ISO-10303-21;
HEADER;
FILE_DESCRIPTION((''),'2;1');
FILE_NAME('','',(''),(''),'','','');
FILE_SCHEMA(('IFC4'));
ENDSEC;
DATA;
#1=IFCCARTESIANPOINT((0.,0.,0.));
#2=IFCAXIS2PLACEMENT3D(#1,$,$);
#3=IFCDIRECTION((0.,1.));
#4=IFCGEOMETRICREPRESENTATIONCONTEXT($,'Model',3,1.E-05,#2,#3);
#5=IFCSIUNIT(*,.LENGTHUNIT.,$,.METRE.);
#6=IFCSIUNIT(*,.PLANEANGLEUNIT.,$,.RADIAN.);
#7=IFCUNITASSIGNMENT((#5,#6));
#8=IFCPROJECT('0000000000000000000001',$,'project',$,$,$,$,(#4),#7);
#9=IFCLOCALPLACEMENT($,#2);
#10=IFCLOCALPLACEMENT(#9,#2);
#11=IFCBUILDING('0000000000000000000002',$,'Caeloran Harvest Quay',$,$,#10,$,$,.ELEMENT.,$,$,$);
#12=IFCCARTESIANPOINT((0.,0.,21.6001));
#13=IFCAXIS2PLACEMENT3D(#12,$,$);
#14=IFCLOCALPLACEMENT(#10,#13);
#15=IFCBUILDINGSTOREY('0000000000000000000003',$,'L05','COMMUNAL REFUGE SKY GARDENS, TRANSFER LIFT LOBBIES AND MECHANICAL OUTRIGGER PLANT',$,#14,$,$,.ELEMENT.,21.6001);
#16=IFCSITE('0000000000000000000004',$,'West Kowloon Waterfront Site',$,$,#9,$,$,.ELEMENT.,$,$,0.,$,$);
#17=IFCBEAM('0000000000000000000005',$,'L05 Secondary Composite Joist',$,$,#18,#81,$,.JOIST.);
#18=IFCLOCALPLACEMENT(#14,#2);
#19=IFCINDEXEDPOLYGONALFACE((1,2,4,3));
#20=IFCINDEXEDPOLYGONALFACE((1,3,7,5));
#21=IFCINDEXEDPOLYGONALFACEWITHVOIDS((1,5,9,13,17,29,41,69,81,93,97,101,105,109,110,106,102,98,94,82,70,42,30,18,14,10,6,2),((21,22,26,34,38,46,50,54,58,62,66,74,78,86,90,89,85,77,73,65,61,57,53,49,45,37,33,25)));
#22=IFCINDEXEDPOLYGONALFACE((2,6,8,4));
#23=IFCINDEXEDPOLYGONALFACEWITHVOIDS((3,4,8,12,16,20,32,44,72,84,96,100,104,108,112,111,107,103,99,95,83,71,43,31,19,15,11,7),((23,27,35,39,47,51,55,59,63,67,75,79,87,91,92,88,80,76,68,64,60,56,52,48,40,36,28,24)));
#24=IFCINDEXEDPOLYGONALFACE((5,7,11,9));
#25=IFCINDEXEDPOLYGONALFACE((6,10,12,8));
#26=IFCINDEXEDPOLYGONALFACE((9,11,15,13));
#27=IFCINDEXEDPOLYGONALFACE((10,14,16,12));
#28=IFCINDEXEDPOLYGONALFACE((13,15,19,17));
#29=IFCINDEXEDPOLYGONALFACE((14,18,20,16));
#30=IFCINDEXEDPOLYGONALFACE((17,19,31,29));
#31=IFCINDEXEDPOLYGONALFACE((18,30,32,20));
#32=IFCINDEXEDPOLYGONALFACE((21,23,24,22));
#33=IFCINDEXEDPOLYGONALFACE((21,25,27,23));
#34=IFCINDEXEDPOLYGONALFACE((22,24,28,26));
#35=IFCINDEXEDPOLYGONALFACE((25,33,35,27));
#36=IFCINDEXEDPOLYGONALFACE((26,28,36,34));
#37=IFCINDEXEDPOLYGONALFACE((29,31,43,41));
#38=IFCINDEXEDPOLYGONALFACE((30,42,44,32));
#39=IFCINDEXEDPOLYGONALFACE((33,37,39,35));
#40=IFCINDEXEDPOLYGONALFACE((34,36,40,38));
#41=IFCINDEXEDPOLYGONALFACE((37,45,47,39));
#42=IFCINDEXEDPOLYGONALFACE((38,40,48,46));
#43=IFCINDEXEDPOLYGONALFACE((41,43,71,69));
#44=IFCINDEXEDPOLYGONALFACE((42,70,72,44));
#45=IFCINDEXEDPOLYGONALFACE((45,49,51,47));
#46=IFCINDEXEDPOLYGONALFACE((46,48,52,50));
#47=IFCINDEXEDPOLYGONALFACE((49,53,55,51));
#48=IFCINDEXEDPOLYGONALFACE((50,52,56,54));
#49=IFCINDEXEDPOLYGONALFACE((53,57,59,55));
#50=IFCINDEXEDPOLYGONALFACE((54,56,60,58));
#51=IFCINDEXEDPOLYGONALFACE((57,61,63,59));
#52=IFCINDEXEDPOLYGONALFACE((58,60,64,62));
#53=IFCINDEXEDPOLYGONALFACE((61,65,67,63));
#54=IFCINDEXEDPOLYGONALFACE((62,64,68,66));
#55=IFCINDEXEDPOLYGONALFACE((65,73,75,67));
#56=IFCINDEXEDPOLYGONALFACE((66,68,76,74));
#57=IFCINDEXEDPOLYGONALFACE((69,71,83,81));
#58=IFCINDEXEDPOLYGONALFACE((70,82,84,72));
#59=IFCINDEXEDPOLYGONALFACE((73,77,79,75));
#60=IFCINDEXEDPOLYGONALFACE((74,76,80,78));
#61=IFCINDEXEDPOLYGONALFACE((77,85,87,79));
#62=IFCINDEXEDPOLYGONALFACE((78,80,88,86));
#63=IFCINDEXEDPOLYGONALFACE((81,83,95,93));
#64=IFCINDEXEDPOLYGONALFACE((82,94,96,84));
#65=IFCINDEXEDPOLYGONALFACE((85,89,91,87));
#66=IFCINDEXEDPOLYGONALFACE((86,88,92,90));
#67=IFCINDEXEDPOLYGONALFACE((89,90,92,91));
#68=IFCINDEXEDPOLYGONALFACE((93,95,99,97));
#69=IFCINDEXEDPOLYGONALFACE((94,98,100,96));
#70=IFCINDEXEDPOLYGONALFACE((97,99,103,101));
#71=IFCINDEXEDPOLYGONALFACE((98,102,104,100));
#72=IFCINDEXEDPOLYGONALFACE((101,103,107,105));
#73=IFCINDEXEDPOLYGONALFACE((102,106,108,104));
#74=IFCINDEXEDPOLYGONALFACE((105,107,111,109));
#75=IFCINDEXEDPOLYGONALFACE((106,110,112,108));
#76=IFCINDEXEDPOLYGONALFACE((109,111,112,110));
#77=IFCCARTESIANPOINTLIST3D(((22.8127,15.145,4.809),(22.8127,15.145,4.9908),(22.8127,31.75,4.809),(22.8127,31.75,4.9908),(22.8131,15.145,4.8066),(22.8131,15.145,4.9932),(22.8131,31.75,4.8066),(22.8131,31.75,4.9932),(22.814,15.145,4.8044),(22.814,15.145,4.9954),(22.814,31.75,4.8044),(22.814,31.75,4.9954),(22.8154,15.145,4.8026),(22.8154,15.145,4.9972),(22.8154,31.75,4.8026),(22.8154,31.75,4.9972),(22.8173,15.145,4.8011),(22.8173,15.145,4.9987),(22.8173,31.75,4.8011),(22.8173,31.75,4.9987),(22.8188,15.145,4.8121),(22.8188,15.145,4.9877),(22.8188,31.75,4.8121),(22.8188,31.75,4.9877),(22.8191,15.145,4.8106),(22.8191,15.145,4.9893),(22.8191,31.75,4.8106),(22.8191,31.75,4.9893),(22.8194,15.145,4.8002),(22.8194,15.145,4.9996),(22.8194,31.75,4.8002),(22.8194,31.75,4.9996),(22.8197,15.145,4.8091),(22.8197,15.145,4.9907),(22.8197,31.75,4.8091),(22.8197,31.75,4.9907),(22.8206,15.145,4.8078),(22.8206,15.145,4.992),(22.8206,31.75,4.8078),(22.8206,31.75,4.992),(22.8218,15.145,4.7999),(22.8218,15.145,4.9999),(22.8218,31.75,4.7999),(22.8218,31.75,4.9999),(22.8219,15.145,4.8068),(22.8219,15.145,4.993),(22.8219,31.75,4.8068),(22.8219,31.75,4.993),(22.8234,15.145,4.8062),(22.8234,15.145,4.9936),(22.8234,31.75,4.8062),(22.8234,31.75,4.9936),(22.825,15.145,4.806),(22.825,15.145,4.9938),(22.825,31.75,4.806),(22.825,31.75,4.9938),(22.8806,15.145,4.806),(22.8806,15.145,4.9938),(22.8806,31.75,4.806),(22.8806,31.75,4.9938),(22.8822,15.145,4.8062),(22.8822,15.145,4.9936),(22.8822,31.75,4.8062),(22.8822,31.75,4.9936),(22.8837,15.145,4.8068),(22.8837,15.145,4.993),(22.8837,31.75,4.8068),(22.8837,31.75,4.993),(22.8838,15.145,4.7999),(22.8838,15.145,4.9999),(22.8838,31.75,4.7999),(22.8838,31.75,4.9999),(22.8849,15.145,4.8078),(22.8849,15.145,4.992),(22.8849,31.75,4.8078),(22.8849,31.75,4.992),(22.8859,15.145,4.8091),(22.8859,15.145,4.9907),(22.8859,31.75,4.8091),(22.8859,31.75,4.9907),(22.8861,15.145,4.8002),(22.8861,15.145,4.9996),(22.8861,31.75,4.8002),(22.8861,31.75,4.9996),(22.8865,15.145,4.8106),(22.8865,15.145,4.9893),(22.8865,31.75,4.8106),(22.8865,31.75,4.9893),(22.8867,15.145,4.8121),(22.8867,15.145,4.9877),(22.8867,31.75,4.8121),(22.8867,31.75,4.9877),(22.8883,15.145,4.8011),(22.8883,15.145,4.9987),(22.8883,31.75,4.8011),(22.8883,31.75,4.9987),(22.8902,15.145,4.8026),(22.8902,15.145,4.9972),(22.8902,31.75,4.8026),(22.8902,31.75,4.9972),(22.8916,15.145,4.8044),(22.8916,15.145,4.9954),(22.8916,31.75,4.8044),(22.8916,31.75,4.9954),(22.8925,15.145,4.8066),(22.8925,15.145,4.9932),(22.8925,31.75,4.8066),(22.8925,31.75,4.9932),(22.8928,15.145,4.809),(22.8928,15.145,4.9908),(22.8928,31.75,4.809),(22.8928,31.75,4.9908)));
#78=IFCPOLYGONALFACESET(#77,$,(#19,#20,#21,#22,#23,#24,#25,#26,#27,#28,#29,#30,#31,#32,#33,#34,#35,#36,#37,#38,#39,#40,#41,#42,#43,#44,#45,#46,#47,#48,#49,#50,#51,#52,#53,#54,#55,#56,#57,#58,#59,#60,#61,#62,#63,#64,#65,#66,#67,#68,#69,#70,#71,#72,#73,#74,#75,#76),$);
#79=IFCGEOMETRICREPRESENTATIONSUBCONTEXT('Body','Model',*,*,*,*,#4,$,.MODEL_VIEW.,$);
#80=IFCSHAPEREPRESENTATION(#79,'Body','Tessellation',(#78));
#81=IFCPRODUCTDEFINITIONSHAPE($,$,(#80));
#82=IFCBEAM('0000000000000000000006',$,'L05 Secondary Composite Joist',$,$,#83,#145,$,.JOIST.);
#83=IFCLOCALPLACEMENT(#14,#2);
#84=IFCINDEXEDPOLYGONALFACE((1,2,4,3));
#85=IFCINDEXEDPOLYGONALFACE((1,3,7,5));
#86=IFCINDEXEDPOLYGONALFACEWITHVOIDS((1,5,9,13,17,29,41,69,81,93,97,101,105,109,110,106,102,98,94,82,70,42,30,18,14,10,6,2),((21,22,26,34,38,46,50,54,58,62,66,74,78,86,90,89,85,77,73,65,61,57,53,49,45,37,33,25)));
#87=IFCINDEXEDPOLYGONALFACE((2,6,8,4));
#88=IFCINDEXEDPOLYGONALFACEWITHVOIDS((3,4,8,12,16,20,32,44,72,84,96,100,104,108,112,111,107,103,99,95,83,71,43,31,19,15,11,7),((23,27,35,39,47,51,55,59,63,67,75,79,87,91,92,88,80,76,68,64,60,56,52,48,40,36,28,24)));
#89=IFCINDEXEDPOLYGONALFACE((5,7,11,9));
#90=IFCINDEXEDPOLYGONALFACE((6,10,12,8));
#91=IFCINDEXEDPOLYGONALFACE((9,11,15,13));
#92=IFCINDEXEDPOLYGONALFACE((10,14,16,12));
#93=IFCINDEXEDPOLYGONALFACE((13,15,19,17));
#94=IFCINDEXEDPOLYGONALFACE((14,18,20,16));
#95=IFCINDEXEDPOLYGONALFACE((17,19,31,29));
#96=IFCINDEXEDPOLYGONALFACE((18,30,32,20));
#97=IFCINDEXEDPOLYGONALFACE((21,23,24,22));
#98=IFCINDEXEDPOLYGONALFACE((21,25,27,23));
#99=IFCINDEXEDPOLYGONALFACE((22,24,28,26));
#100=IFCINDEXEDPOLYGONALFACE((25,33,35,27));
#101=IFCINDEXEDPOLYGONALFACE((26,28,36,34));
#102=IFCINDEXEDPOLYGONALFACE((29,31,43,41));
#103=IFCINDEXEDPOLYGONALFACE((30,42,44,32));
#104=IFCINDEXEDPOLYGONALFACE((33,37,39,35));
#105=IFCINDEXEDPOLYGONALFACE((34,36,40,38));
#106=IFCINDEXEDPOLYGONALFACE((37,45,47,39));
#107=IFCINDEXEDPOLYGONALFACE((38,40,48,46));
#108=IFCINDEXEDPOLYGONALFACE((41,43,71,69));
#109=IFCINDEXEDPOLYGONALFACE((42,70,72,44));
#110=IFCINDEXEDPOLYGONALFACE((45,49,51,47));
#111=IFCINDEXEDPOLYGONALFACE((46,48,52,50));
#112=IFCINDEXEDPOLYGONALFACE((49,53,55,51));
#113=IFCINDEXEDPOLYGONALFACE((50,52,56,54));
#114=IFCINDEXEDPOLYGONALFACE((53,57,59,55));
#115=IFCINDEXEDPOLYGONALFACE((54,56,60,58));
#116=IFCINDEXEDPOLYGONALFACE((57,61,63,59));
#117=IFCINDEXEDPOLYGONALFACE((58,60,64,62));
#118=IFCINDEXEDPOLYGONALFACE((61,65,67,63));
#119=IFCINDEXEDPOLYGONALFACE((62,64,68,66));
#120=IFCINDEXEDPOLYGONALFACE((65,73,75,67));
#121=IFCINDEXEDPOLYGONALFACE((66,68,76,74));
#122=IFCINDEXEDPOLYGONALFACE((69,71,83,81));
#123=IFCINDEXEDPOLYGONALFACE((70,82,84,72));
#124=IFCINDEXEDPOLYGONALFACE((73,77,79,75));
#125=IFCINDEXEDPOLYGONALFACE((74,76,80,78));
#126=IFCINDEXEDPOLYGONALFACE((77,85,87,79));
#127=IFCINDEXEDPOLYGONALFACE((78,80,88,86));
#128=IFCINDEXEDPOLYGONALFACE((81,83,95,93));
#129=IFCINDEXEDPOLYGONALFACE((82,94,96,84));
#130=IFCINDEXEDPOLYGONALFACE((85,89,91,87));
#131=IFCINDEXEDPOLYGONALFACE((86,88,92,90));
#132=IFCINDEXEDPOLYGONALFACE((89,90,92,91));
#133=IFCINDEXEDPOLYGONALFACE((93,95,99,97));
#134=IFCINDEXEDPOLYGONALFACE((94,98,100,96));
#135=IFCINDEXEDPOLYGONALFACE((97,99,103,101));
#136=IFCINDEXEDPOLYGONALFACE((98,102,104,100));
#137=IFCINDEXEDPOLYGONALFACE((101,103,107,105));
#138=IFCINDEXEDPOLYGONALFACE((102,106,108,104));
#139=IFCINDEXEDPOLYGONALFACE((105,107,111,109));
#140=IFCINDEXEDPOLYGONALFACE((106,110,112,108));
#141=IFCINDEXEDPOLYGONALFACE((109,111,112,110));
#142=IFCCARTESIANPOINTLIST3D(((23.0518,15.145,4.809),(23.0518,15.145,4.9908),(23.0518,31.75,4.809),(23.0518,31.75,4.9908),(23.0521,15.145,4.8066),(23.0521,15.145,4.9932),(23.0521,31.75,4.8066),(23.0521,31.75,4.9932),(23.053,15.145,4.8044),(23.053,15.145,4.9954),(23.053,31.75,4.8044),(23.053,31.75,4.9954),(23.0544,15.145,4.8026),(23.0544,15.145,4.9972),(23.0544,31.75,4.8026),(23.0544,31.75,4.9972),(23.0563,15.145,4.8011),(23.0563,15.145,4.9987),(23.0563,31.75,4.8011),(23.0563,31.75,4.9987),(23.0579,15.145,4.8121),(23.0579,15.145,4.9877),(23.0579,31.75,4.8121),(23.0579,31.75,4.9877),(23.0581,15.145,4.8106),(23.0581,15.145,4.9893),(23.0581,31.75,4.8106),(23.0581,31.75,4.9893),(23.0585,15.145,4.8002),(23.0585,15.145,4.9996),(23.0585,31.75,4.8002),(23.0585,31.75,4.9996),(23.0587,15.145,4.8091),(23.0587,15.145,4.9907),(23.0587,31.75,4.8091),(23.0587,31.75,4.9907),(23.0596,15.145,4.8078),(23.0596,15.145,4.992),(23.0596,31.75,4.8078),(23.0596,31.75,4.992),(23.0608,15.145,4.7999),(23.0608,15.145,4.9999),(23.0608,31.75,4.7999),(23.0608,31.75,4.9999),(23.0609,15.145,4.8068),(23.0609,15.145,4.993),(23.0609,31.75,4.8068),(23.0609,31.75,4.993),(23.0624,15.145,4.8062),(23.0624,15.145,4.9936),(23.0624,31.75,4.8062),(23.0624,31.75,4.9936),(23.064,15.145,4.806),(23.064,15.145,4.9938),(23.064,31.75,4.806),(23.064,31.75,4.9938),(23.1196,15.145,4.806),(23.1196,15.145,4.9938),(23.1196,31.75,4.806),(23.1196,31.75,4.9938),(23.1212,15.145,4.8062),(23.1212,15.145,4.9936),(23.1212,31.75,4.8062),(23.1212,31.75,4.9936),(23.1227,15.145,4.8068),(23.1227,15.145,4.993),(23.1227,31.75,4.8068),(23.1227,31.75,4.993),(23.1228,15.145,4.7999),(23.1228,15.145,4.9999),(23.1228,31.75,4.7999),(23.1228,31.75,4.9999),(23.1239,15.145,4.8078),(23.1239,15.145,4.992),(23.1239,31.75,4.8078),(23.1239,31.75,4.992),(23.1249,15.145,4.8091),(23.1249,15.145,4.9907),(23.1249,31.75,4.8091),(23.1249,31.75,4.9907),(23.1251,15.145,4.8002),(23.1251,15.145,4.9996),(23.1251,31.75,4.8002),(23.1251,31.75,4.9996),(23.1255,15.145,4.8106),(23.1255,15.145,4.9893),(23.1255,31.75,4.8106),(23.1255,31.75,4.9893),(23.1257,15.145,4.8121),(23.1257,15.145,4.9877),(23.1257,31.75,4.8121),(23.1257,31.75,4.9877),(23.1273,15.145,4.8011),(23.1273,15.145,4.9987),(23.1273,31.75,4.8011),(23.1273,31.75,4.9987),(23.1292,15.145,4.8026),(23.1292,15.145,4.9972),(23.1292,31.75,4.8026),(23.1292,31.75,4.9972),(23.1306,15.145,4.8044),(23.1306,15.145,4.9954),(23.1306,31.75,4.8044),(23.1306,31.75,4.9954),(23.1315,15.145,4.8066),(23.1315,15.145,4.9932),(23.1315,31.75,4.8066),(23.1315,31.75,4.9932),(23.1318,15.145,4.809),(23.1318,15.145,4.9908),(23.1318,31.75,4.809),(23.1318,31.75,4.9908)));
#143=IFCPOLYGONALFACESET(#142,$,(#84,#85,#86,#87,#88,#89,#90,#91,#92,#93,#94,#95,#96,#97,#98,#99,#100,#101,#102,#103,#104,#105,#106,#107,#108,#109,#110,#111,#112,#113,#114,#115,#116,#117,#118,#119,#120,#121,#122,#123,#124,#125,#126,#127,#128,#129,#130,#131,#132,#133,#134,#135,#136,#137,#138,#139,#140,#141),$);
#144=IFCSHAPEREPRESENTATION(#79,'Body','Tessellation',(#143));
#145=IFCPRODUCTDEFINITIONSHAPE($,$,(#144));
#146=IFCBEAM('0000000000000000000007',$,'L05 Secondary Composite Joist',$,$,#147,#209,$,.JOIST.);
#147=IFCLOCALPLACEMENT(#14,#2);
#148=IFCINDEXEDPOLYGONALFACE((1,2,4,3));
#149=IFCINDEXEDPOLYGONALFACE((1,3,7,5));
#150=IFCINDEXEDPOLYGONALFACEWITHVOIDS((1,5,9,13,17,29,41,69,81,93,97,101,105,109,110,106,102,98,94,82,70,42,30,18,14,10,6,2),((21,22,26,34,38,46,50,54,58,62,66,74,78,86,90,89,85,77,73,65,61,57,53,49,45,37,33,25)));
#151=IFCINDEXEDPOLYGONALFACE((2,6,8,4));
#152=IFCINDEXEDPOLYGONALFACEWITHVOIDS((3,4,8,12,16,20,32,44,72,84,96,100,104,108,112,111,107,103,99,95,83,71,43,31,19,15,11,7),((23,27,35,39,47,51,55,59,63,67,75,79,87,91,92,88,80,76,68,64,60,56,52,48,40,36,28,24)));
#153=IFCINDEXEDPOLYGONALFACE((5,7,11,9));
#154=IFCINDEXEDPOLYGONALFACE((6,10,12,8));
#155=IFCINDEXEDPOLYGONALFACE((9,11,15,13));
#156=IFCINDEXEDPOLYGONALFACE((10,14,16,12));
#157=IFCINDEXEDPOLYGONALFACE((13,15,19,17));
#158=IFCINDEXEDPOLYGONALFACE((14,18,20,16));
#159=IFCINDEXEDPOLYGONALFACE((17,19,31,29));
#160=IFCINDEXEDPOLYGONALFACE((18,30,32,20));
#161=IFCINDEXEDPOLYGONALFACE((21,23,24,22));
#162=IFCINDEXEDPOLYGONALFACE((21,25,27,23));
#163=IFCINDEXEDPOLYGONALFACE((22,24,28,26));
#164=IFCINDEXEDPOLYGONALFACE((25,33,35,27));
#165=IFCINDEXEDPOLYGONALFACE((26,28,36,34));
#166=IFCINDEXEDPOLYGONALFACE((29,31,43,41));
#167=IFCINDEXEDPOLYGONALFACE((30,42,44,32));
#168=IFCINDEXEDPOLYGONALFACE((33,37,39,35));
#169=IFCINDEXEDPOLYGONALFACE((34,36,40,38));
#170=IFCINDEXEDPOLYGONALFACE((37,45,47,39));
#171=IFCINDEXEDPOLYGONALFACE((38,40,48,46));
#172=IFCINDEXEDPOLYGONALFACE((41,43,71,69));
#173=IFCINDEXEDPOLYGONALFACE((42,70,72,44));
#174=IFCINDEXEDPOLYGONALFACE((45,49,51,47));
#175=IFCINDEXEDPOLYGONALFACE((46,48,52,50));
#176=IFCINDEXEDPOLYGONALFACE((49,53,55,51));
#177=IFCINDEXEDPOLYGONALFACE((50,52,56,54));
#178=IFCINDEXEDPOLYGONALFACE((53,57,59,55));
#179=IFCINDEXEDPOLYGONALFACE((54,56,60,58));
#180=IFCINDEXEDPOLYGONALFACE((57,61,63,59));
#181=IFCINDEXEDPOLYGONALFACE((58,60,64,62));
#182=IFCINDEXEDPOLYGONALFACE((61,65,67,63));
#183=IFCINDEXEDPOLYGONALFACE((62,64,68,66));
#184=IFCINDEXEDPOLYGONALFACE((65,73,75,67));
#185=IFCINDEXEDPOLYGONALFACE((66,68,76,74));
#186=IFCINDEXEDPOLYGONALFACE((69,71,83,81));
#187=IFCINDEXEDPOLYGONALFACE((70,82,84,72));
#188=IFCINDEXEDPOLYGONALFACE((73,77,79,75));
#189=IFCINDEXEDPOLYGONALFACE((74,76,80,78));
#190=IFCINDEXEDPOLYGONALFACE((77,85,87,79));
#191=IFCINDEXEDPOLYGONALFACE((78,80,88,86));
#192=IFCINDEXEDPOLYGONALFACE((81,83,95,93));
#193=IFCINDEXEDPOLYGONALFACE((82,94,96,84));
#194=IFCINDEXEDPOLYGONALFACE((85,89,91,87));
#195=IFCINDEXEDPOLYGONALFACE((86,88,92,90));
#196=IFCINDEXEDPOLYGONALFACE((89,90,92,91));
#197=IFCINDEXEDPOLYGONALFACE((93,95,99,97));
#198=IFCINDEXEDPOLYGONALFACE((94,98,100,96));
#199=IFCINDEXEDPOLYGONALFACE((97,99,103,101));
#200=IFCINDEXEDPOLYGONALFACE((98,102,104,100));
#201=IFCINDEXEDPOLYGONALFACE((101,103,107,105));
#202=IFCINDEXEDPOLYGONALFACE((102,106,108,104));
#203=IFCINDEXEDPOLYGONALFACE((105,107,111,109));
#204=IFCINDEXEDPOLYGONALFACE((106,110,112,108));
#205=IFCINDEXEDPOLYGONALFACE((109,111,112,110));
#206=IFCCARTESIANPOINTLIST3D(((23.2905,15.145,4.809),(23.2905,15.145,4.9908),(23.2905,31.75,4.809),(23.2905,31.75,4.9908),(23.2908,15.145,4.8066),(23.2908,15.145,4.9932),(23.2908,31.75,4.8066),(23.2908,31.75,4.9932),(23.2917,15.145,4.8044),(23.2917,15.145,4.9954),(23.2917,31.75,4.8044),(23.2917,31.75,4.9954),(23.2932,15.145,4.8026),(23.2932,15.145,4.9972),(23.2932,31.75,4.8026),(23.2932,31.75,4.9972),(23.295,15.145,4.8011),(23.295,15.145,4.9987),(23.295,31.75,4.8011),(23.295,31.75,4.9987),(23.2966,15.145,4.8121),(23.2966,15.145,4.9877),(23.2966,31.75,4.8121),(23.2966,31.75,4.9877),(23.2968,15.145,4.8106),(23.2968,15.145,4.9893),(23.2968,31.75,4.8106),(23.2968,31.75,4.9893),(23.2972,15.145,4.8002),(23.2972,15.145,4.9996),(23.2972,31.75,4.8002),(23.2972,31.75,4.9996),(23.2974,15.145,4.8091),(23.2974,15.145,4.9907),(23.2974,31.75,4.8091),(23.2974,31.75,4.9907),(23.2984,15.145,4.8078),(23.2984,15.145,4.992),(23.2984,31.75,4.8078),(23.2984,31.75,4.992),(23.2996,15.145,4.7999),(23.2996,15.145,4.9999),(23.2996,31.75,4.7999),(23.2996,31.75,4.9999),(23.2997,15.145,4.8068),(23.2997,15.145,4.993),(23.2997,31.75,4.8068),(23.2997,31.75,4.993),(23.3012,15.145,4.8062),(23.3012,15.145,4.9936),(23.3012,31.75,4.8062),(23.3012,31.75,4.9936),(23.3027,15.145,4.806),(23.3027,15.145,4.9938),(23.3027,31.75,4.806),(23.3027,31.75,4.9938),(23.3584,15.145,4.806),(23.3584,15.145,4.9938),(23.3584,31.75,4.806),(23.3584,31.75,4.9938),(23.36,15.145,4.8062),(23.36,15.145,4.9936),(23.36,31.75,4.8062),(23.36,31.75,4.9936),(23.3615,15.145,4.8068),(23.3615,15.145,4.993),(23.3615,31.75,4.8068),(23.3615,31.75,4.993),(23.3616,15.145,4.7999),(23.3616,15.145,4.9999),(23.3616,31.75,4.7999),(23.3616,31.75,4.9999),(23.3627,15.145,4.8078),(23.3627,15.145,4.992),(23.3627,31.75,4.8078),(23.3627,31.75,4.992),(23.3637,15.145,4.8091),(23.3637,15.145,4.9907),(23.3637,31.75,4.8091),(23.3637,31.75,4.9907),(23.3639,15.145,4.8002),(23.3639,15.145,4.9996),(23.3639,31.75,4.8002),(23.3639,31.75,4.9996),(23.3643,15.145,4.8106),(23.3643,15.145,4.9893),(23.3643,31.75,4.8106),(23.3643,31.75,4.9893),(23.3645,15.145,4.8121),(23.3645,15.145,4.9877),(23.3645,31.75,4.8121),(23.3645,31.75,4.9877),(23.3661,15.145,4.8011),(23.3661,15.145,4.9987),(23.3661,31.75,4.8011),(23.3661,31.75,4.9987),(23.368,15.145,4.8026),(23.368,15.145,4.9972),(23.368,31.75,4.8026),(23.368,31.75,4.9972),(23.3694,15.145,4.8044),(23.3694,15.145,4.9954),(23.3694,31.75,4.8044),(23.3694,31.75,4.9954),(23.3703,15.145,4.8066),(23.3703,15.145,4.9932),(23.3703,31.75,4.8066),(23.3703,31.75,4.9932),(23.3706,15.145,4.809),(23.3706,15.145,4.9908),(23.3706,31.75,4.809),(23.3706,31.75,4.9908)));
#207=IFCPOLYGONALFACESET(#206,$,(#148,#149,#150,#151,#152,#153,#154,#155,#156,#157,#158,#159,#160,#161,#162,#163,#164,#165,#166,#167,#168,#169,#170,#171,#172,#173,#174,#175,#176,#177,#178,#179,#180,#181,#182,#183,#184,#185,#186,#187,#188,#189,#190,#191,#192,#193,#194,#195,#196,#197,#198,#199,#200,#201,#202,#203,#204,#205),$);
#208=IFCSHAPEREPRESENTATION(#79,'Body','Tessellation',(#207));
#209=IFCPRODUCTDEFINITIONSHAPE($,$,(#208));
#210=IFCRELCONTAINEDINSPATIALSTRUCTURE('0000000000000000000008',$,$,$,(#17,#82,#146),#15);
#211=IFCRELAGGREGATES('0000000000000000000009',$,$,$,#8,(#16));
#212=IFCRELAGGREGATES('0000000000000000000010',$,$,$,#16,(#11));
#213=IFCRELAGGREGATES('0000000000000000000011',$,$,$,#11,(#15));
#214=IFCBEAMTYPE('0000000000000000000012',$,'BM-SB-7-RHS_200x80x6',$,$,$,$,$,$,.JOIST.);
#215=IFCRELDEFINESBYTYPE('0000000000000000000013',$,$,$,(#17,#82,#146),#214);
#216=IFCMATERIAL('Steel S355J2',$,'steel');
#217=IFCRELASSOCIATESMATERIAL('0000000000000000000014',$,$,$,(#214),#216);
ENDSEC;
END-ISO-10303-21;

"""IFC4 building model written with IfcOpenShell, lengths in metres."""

from ifc_helpers import new_model, si_unit, direction, frame, origin, origin_2d, place, context, subcontext, project, spatial, hollow_rectangle, extrude, material, material_profile, profile_set, type_object, element, save


model = new_model("IFC4")

# Units and contexts
model_context = context("Model", 3, precision=1e-05, world=origin(), true_north=direction((0.0, 1.0)))
body_context = subcontext(model_context, "Body", "Model", "MODEL_VIEW")
ifc_project = project(units=[si_unit("LENGTHUNIT", "METRE"), si_unit("PLANEANGLEUNIT", "RADIAN")], contexts=[model_context])

# Site, building, storey
site_placement = place(None, origin())
site = spatial("IfcSite", under=ifc_project, at=site_placement, Name="West Kowloon Waterfront Site", CompositionType="ELEMENT", RefElevation=0.0)
building_placement = place(site_placement, origin())
building = spatial("IfcBuilding", under=site, at=building_placement, Name="Caeloran Harvest Quay", CompositionType="ELEMENT")
storey_placement = place(building_placement, frame((0.0, 0.0, 21.6001)))
storey = spatial("IfcBuildingStorey", under=building, at=storey_placement, Name="L05", Description="COMMUNAL REFUGE SKY GARDENS, TRANSFER LIFT LOBBIES AND MECHANICAL OUTRIGGER PLANT", CompositionType="ELEMENT", Elevation=21.6001)

# Beams
ifc_material_1 = material(Name="Steel S355J2", Category="steel")
ifc_material_profile_1 = material_profile(ifc_material_1, hollow_rectangle(XDim=0.0801, YDim=0.2, WallThickness=0.0061, InnerFilletRadius=0.0061, OuterFilletRadius=0.009, at=origin_2d()), Name="RHS 200x80x6")
ifc_profile_set_1 = profile_set([ifc_material_profile_1], Name="Steel S355J2")
beam_type_1 = type_object("IfcBeamType", Name="BM-SB-7-RHS_200x80x6", PredefinedType="JOIST", material=ifc_profile_set_1)
for number, where, z_axis, x_axis, name in (
    (1, (22.8528, 15.145, 4.8999), (0.0, 1.0, 0.0), (-1.0, 0.0, 0.0), "L05 Secondary Composite Joist"),
    (2, (23.0918, 15.145, 4.8999), (0.0, 1.0, 0.0), (-1.0, 0.0, 0.0), "L05 Secondary Composite Joist"),
    (3, (23.3306, 15.145, 4.8999), (0.0, 1.0, 0.0), (-1.0, 0.0, 0.0), "L05 Secondary Composite Joist"),
):
    element("IfcBeam", number, at=place(storey_placement, frame(where, z_axis=z_axis, x_axis=x_axis)), inside=storey, type_object=beam_type_1, Name=name, PredefinedType="JOIST", context=body_context, shape_type="SweptSolid", body=[
        extrude(hollow_rectangle(XDim=0.0801, YDim=0.2, WallThickness=0.0061, InnerFilletRadius=0.0061, OuterFilletRadius=0.009, at=origin_2d()), origin(), (0.0, 0.0, 1.0), 16.605),
    ])

save(model, "model.ifc")
